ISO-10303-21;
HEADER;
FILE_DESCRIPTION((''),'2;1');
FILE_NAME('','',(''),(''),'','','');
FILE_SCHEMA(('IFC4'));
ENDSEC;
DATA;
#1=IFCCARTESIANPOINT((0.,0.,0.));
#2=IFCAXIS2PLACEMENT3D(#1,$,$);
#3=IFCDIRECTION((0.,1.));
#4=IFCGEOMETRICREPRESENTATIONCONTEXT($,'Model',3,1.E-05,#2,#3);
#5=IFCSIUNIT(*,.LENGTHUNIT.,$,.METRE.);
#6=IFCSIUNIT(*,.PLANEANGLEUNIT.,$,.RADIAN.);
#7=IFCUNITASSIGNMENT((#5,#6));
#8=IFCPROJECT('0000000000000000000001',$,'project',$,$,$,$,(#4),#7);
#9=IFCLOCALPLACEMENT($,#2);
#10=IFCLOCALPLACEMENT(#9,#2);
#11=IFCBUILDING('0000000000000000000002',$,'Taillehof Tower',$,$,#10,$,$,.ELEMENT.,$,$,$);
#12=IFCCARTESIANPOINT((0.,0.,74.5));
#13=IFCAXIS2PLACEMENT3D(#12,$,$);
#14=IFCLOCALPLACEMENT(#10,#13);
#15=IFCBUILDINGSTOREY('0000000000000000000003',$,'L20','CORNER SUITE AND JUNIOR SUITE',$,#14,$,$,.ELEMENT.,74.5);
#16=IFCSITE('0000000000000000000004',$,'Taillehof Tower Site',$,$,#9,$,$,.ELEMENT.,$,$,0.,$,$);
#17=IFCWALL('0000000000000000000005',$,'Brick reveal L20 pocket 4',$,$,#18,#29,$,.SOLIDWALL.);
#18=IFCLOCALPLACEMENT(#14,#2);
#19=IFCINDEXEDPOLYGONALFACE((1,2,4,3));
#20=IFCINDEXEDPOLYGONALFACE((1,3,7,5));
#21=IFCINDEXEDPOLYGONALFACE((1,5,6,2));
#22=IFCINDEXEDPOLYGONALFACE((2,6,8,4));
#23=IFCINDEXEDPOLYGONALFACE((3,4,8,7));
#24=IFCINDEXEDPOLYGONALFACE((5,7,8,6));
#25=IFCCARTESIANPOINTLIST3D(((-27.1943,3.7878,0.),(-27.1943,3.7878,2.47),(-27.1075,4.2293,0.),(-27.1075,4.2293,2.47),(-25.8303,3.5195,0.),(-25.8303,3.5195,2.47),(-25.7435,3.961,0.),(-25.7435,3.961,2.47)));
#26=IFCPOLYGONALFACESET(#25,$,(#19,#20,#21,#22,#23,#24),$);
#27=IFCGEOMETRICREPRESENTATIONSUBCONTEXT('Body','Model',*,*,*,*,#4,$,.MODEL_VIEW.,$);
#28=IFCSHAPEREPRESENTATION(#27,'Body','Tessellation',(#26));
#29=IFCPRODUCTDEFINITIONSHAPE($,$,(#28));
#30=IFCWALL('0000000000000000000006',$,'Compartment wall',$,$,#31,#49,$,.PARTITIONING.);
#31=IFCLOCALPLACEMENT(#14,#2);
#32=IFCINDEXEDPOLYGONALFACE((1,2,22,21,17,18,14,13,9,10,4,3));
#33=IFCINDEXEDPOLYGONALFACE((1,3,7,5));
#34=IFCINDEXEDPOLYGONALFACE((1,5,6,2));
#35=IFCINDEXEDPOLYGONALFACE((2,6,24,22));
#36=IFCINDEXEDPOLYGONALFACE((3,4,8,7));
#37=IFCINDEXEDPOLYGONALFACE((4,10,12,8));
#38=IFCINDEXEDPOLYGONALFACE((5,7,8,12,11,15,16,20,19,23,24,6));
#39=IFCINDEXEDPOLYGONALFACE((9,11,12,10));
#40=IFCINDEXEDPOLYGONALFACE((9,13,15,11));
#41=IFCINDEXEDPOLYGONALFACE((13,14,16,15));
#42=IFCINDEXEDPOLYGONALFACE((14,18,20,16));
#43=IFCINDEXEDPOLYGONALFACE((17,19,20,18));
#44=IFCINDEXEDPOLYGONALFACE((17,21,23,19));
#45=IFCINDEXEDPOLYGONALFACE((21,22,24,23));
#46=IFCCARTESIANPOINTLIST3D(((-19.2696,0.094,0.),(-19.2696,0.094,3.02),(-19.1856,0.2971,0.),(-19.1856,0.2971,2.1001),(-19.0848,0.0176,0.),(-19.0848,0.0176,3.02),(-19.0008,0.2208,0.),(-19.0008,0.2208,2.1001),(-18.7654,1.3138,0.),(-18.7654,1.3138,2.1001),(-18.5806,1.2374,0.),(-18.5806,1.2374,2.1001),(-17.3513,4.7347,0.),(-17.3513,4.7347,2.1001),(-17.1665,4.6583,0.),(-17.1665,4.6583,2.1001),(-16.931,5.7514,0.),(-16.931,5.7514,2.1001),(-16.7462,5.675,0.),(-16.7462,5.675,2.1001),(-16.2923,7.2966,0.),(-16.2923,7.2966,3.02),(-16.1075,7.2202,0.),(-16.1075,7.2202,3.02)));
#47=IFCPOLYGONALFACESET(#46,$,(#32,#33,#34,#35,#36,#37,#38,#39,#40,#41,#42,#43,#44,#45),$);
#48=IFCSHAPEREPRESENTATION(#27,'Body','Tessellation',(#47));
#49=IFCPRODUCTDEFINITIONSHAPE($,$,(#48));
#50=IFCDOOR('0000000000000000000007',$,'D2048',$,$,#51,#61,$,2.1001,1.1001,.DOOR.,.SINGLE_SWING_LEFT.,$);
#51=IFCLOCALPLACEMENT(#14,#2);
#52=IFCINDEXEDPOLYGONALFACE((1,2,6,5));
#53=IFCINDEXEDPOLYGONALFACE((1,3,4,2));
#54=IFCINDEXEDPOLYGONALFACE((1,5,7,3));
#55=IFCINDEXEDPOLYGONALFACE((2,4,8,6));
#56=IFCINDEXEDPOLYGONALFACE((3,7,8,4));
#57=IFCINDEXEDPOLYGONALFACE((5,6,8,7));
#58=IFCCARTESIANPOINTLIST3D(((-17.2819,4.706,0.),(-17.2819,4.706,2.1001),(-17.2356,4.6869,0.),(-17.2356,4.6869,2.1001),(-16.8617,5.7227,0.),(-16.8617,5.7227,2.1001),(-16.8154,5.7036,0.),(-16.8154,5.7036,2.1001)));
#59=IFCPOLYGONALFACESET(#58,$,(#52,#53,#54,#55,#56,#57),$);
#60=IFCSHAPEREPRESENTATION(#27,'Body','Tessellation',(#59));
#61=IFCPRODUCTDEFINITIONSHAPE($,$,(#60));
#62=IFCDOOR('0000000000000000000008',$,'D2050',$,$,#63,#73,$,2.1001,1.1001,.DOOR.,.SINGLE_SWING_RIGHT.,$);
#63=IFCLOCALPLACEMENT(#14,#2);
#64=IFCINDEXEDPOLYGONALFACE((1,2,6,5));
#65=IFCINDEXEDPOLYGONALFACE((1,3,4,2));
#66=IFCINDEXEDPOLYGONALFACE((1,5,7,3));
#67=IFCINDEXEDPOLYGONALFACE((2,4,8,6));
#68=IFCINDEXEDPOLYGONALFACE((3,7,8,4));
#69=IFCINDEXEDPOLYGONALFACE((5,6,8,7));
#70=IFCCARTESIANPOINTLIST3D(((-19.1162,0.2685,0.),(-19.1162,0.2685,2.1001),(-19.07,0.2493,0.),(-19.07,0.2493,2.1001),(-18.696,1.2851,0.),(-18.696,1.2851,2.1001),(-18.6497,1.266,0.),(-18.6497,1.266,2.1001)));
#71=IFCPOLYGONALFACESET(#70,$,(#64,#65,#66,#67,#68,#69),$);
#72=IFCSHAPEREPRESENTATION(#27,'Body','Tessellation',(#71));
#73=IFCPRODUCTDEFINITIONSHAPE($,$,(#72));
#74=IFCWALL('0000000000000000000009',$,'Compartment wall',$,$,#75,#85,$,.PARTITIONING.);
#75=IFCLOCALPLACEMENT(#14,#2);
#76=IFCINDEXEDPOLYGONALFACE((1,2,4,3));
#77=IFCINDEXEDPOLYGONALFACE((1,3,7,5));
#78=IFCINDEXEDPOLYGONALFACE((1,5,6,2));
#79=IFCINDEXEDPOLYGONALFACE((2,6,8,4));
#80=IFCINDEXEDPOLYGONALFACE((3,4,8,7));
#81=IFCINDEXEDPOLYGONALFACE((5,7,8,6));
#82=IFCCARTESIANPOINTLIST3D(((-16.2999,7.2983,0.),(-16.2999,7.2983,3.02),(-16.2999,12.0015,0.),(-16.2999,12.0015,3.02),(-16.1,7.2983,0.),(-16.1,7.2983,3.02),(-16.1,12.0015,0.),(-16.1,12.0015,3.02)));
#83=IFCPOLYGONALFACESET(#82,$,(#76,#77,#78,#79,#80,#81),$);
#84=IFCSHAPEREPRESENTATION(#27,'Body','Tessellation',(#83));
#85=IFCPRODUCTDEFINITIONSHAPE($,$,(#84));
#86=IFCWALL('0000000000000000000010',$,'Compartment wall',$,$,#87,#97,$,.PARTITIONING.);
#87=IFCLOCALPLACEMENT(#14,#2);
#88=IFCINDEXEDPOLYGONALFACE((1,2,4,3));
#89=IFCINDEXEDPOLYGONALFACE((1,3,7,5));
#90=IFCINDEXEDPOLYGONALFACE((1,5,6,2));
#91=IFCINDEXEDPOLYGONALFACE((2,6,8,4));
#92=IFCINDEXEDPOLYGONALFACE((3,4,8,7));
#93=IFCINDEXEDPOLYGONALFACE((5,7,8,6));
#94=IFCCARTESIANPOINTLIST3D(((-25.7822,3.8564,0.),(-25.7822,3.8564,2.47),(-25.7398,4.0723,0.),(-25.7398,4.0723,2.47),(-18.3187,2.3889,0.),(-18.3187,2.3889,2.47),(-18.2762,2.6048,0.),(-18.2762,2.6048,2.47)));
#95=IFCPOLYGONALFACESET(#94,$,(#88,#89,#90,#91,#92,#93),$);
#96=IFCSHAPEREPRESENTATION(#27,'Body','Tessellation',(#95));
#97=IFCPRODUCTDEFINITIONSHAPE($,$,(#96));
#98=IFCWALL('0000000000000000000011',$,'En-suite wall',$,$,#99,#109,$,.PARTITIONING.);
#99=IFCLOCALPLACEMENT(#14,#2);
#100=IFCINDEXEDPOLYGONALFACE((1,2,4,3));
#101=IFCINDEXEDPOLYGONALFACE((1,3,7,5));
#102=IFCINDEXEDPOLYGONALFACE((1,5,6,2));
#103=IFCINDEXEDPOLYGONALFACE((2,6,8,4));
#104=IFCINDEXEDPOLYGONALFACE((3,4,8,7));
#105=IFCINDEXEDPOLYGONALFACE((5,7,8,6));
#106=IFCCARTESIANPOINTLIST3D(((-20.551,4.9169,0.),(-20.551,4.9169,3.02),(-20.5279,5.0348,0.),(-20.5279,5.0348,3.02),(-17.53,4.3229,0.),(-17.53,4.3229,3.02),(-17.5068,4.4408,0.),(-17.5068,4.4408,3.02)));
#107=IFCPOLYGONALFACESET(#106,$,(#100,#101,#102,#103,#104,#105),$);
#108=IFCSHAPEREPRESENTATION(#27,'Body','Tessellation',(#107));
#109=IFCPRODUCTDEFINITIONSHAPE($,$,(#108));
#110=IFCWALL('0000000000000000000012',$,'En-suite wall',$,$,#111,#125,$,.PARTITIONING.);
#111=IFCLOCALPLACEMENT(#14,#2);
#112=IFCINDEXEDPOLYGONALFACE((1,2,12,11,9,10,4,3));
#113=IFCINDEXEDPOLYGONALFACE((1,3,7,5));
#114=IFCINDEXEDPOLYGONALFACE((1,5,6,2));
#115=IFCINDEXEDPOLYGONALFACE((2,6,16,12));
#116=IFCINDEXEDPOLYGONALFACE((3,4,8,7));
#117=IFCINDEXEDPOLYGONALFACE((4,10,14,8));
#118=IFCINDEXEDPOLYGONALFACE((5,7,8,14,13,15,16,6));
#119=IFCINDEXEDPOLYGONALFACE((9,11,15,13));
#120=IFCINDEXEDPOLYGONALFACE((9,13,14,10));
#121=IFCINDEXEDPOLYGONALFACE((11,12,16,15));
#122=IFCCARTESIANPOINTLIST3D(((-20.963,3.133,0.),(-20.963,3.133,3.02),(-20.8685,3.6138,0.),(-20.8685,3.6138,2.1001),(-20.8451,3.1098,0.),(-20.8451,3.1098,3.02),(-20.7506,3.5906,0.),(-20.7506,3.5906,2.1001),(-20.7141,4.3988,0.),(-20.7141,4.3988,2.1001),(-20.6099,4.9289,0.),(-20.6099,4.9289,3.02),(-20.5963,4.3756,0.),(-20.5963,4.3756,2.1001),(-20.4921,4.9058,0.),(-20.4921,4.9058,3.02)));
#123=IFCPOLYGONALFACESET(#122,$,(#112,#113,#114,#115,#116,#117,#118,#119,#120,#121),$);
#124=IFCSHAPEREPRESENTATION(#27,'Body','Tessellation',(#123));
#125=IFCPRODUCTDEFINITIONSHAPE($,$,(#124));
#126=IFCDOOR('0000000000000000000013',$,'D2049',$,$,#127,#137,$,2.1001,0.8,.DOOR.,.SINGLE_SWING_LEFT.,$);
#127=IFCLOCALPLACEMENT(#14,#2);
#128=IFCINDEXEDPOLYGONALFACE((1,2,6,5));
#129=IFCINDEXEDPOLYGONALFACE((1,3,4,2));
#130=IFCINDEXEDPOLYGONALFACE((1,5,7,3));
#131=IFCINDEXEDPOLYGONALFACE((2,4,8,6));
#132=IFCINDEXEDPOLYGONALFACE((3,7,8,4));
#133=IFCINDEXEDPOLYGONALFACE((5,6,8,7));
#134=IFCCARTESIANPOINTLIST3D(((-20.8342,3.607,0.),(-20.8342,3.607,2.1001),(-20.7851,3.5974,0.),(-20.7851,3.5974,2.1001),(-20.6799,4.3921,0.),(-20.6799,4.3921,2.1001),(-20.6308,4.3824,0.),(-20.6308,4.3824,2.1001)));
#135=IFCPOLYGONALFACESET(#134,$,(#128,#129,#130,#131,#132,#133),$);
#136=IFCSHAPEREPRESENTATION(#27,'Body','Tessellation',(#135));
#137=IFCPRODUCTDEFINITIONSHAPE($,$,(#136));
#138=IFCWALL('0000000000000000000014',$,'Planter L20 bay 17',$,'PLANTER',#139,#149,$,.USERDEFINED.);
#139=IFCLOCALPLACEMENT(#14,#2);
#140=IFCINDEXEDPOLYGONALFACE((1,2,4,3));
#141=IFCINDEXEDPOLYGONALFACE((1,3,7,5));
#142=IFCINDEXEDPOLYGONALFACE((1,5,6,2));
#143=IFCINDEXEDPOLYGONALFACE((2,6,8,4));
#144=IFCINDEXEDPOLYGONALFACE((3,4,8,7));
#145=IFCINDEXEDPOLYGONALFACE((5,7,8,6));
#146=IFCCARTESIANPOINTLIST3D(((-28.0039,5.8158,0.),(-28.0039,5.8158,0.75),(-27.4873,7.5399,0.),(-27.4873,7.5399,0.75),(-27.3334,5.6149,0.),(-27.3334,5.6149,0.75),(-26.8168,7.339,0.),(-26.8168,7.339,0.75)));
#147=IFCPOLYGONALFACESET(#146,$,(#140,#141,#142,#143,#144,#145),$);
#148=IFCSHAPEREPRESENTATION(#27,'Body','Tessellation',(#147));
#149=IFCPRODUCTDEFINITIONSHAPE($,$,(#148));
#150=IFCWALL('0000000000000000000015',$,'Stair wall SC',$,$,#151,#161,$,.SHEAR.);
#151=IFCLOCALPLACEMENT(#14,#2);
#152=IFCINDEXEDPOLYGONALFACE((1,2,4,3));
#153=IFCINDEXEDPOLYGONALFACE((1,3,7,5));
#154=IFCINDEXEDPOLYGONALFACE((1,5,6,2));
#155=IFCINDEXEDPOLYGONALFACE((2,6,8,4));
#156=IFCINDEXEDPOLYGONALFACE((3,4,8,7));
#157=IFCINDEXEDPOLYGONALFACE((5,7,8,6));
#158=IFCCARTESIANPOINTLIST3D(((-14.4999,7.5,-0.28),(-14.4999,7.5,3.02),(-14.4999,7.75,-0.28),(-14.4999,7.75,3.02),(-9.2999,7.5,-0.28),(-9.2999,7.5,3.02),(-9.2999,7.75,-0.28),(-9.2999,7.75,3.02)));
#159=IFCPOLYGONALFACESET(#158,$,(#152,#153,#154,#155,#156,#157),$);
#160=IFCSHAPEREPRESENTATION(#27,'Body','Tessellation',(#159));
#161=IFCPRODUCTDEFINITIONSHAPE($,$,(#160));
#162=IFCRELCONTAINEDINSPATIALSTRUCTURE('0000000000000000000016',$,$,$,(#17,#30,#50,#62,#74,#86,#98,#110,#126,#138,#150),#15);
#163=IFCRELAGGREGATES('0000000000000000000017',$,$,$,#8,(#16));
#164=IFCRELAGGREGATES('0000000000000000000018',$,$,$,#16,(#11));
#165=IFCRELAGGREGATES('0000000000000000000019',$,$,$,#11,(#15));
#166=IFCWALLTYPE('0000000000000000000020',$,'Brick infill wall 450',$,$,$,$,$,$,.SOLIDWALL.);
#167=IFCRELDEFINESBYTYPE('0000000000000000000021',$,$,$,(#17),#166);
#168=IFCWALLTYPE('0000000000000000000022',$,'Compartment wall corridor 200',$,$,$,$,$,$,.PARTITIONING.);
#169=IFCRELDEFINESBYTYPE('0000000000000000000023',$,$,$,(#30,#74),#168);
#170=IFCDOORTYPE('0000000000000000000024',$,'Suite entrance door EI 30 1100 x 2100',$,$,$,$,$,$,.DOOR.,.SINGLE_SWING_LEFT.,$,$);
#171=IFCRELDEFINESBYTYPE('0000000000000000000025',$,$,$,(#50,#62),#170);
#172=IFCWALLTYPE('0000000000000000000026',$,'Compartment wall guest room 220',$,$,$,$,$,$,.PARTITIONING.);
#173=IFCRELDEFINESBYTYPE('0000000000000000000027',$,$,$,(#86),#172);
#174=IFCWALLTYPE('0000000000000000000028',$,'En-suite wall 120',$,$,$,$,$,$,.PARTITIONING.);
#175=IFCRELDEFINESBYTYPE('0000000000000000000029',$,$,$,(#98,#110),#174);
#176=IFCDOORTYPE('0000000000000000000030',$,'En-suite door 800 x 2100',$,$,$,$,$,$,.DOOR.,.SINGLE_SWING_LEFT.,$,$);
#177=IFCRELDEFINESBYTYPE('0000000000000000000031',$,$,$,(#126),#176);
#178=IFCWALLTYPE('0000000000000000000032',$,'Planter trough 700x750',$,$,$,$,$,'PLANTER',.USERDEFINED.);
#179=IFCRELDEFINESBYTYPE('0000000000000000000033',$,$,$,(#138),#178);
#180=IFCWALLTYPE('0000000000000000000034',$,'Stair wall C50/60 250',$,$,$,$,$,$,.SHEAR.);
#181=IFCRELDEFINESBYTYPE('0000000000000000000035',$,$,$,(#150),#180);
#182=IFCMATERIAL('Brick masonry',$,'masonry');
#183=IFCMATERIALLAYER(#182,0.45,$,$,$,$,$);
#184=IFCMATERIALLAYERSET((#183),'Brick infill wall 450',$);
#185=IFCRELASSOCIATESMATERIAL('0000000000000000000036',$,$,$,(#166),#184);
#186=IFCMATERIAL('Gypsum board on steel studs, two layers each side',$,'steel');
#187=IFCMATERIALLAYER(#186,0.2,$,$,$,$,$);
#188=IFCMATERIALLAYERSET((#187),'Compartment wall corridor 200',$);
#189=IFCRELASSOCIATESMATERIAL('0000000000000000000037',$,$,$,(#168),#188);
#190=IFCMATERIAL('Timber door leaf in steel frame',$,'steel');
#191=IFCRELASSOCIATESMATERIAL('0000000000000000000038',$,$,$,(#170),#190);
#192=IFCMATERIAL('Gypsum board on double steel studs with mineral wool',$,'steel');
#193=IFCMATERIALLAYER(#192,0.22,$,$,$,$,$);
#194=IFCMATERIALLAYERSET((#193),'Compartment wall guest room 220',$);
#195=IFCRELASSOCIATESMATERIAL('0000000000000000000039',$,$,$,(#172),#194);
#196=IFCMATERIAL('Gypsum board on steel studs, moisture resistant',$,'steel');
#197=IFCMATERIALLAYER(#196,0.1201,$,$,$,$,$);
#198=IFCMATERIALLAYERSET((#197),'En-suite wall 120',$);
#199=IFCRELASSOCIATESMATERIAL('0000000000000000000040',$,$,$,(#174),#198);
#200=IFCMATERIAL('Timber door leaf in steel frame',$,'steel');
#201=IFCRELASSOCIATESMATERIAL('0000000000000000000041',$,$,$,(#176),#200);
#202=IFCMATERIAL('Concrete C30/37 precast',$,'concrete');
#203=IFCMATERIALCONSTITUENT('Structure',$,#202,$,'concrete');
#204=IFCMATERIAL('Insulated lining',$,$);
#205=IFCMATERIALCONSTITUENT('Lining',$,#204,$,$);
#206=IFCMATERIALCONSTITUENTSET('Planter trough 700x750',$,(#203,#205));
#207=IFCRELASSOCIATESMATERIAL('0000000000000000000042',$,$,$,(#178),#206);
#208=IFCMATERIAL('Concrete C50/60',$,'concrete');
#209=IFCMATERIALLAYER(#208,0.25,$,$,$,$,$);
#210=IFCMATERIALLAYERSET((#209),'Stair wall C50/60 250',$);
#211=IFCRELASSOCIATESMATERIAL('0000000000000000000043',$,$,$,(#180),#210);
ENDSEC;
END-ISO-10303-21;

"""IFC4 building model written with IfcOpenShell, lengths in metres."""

from ifc_helpers import new_model, si_unit, direction, frame, frame_2d, origin, place, context, subcontext, project, spatial, rectangle, extrude, material, layer, layer_set, constituent, constituent_set, type_object, element, fill, save


model = new_model("IFC4")

# Units and contexts
model_context = context("Model", 3, precision=1e-05, world=origin(), true_north=direction((0.0, 1.0)))
body_context = subcontext(model_context, "Body", "Model", "MODEL_VIEW")
ifc_project = project(units=[si_unit("LENGTHUNIT", "METRE"), si_unit("PLANEANGLEUNIT", "RADIAN")], contexts=[model_context])

# Site, building, storey
site_placement = place(None, origin())
site = spatial("IfcSite", under=ifc_project, at=site_placement, Name="Taillehof Tower Site", CompositionType="ELEMENT", RefElevation=0.0)
building_placement = place(site_placement, origin())
building = spatial("IfcBuilding", under=site, at=building_placement, Name="Taillehof Tower", CompositionType="ELEMENT")
storey_placement = place(building_placement, frame((0.0, 0.0, 74.5)))
storey = spatial("IfcBuildingStorey", under=building, at=storey_placement, Name="L20", Description="CORNER SUITE AND JUNIOR SUITE", CompositionType="ELEMENT", Elevation=74.5)

# Shared definitions
ifc_material_1 = material(Name="Brick masonry", Category="masonry")
ifc_layer_1 = layer(ifc_material_1, 0.45)
ifc_layer_set_1 = layer_set([ifc_layer_1], Name="Brick infill wall 450")
wall_type_1 = type_object("IfcWallType", Name="Brick infill wall 450", PredefinedType="SOLIDWALL", material=ifc_layer_set_1)

# Wall
wall_1_placement = place(storey_placement, frame((-27.1509, 4.0085, 0.0), z_axis=(0.0, 0.0, 1.0), x_axis=(0.981197, -0.193008, 0.0)))
element("IfcWall", 1, at=wall_1_placement, inside=storey, type_object=wall_type_1, Name="Brick reveal L20 pocket 4", PredefinedType="SOLIDWALL", context=body_context, shape_type="SweptSolid", body=[
    extrude(rectangle(XDim=1.3901, YDim=0.45, at=frame_2d((0.6951, 0.0))), origin(), (0.0, 0.0, 1.0), 2.47),
])

# Wall, openings, doors
ifc_material_2 = material(Name="Gypsum board on steel studs, two layers each side", Category="steel")
ifc_layer_2 = layer(ifc_material_2, 0.2)
ifc_layer_set_2 = layer_set([ifc_layer_2], Name="Compartment wall corridor 200")
wall_type_2 = type_object("IfcWallType", Name="Compartment wall corridor 200", PredefinedType="PARTITIONING", material=ifc_layer_set_2)
wall_2_placement = place(storey_placement, frame((-19.1772, 0.0557, 0.0), z_axis=(0.0, 0.0, 1.0), x_axis=(0.382011, 0.924158, 0.0)))
wall_2 = element("IfcWall", 2, at=wall_2_placement, inside=storey, type_object=wall_type_2, Name="Compartment wall", PredefinedType="PARTITIONING", context=body_context, shape_type="SweptSolid", body=[
    extrude(rectangle(XDim=7.7937, YDim=0.2, at=frame_2d((3.897, 0.0))), origin(), (0.0, 0.0, 1.0), 3.02),
])
opening_1_placement = place(wall_2_placement, frame((5.0217, 0.0, 0.0)))
opening_1 = element("IfcOpeningElement", 3, at=opening_1_placement, cuts=wall_2, PredefinedType="OPENING", context=body_context, shape_type="SweptSolid", body=[
    extrude(rectangle(XDim=1.1001, YDim=2.1001, at=frame_2d((0.55, 1.05))), frame((0.0, 0.1099, 0.0), z_axis=(0.0, -1.0, 0.0), x_axis=(1.0, 0.0, 0.0)), (0.0, 0.0, 1.0), 0.22),
])
opening_2_placement = place(wall_2_placement, frame((0.22, 0.0, 0.0)))
opening_2 = element("IfcOpeningElement", 4, at=opening_2_placement, cuts=wall_2, PredefinedType="OPENING", context=body_context, shape_type="SweptSolid", body=[
    extrude(rectangle(XDim=1.1001, YDim=2.1001, at=frame_2d((0.55, 1.05))), frame((0.0, 0.1099, 0.0), z_axis=(0.0, -1.0, 0.0), x_axis=(1.0, 0.0, 0.0)), (0.0, 0.0, 1.0), 0.22),
])
ifc_material_3 = material(Name="Timber door leaf in steel frame", Category="steel")
door_type_1 = type_object("IfcDoorType", Name="Suite entrance door EI 30 1100 x 2100", OperationType="SINGLE_SWING_LEFT", PredefinedType="DOOR", material=ifc_material_3)
door_1_placement = place(opening_1_placement, origin())
door_1 = element("IfcDoor", 5, at=door_1_placement, inside=storey, type_object=door_type_1, Name="D2048", OperationType="SINGLE_SWING_LEFT", OverallHeight=2.1001, OverallWidth=1.1001, PredefinedType="DOOR", context=body_context, shape_type="SweptSolid", body=[
    extrude(rectangle(XDim=1.1001, YDim=2.1001, at=frame_2d((0.55, 1.05))), frame((0.0, 0.0249, 0.0), z_axis=(0.0, -1.0, 0.0), x_axis=(1.0, 0.0, 0.0)), (0.0, 0.0, 1.0), 0.05),
])
fill(opening_1, door_1)
door_2_placement = place(opening_2_placement, origin())
door_2 = element("IfcDoor", 6, at=door_2_placement, inside=storey, type_object=door_type_1, Name="D2050", OperationType="SINGLE_SWING_RIGHT", OverallHeight=2.1001, OverallWidth=1.1001, PredefinedType="DOOR", context=body_context, shape_type="SweptSolid", body=[
    extrude(rectangle(XDim=1.1001, YDim=2.1001, at=frame_2d((0.55, 1.05))), frame((0.0, 0.0249, 0.0), z_axis=(0.0, -1.0, 0.0), x_axis=(1.0, 0.0, 0.0)), (0.0, 0.0, 1.0), 0.05),
])
fill(opening_2, door_2)

# Walls
wall_3_placement = place(storey_placement, frame((-16.2, 7.2983, 0.0), z_axis=(0.0, 0.0, 1.0), x_axis=(0.0, 1.0, 0.0)))
element("IfcWall", 7, at=wall_3_placement, inside=storey, type_object=wall_type_2, Name="Compartment wall", PredefinedType="PARTITIONING", context=body_context, shape_type="SweptSolid", body=[
    extrude(rectangle(XDim=4.7031, YDim=0.2, at=frame_2d((2.3516, 0.0))), origin(), (0.0, 0.0, 1.0), 3.02),
])
ifc_material_4 = material(Name="Gypsum board on double steel studs with mineral wool", Category="steel")
ifc_layer_3 = layer(ifc_material_4, 0.22)
ifc_layer_set_3 = layer_set([ifc_layer_3], Name="Compartment wall guest room 220")
wall_type_3 = type_object("IfcWallType", Name="Compartment wall guest room 220", PredefinedType="PARTITIONING", material=ifc_layer_set_3)
wall_4_placement = place(storey_placement, frame((-25.761, 3.9644, 0.0), z_axis=(0.0, 0.0, 1.0), x_axis=(0.981212, -0.19293, 0.0)))
element("IfcWall", 8, at=wall_4_placement, inside=storey, type_object=wall_type_3, Name="Compartment wall", PredefinedType="PARTITIONING", context=body_context, shape_type="SweptSolid", body=[
    extrude(rectangle(XDim=7.6064, YDim=0.22, at=frame_2d((3.8032, 0.0))), origin(), (0.0, 0.0, 1.0), 2.47),
])
ifc_material_5 = material(Name="Gypsum board on steel studs, moisture resistant", Category="steel")
ifc_layer_4 = layer(ifc_material_5, 0.1201)
ifc_layer_set_4 = layer_set([ifc_layer_4], Name="En-suite wall 120")
wall_type_4 = type_object("IfcWallType", Name="En-suite wall 120", PredefinedType="PARTITIONING", material=ifc_layer_set_4)
wall_5_placement = place(storey_placement, frame((-17.5183, 4.3818, 0.0), z_axis=(0.0, 0.0, 1.0), x_axis=(-0.981213, 0.192928, 0.0)))
element("IfcWall", 9, at=wall_5_placement, inside=storey, type_object=wall_type_4, Name="En-suite wall", PredefinedType="PARTITIONING", context=body_context, shape_type="SweptSolid", body=[
    extrude(rectangle(XDim=3.0789, YDim=0.1201, at=frame_2d((1.5396, 0.0))), origin(), (0.0, 0.0, 1.0), 3.02),
])

# Wall, opening, door
wall_6_placement = place(storey_placement, frame((-20.551, 4.9172, 0.0), z_axis=(0.0, 0.0, 1.0), x_axis=(-0.192883, -0.981222, 0.0)))
wall_6 = element("IfcWall", 10, at=wall_6_placement, inside=storey, type_object=wall_type_4, Name="En-suite wall", PredefinedType="PARTITIONING", context=body_context, shape_type="SweptSolid", body=[
    extrude(rectangle(XDim=1.8303, YDim=0.1201, at=frame_2d((0.915, 0.0))), origin(), (0.0, 0.0, 1.0), 3.02),
])
opening_3_placement = place(wall_6_placement, frame((0.5403, 0.0, 0.0)))
opening_3 = element("IfcOpeningElement", 11, at=opening_3_placement, cuts=wall_6, PredefinedType="OPENING", context=body_context, shape_type="SweptSolid", body=[
    extrude(rectangle(XDim=0.8, YDim=2.1001, at=frame_2d((0.3999, 1.05))), frame((0.0, 0.0701, 0.0), z_axis=(0.0, -1.0, 0.0), x_axis=(1.0, 0.0, 0.0)), (0.0, 0.0, 1.0), 0.1401),
])
ifc_material_6 = material(Name="Timber door leaf in steel frame", Category="steel")
door_type_2 = type_object("IfcDoorType", Name="En-suite door 800 x 2100", OperationType="SINGLE_SWING_LEFT", PredefinedType="DOOR", material=ifc_material_6)
door_3_placement = place(opening_3_placement, origin())
door_3 = element("IfcDoor", 12, at=door_3_placement, inside=storey, type_object=door_type_2, Name="D2049", OperationType="SINGLE_SWING_LEFT", OverallHeight=2.1001, OverallWidth=0.8, PredefinedType="DOOR", context=body_context, shape_type="SweptSolid", body=[
    extrude(rectangle(XDim=0.8, YDim=2.1001, at=frame_2d((0.3999, 1.05))), frame((0.0, 0.0249, 0.0), z_axis=(0.0, -1.0, 0.0), x_axis=(1.0, 0.0, 0.0)), (0.0, 0.0, 1.0), 0.05),
])
fill(opening_3, door_3)

# Walls
ifc_material_7 = material(Name="Concrete C30/37 precast", Category="concrete")
ifc_constituent_1 = constituent(ifc_material_7, Name="Structure", Category="concrete")
ifc_material_8 = material(Name="Insulated lining")
ifc_constituent_2 = constituent(ifc_material_8, Name="Lining")
ifc_constituent_set = constituent_set(constituents=[ifc_constituent_1, ifc_constituent_2], Name="Planter trough 700x750")
wall_type_5 = type_object("IfcWallType", Name="Planter trough 700x750", ElementType="PLANTER", PredefinedType="USERDEFINED", material=ifc_constituent_set)
wall_7_placement = place(storey_placement, frame((-27.1521, 7.4395, 0.0), z_axis=(0.0, 0.0, 1.0), x_axis=(-0.287024, -0.957923, 0.0)))
element("IfcWall", 13, at=wall_7_placement, inside=storey, type_object=wall_type_5, Name="Planter L20 bay 17", ObjectType="PLANTER", PredefinedType="USERDEFINED", context=body_context, shape_type="SweptSolid", body=[
    extrude(rectangle(XDim=1.7998, YDim=0.7, at=frame_2d((0.8999, 0.0))), origin(), (0.0, 0.0, 1.0), 0.75),
])
ifc_material_9 = material(Name="Concrete C50/60", Category="concrete")
ifc_layer_5 = layer(ifc_material_9, 0.25)
ifc_layer_set_5 = layer_set([ifc_layer_5], Name="Stair wall C50/60 250")
wall_type_6 = type_object("IfcWallType", Name="Stair wall C50/60 250", PredefinedType="SHEAR", material=ifc_layer_set_5)
wall_8_placement = place(storey_placement, frame((-14.5, 7.625, -0.28), z_axis=(0.0, 0.0, 1.0), x_axis=(1.0, 0.0, 0.0)))
element("IfcWall", 14, at=wall_8_placement, inside=storey, type_object=wall_type_6, Name="Stair wall SC", PredefinedType="SHEAR", context=body_context, shape_type="SweptSolid", body=[
    extrude(rectangle(XDim=5.2, YDim=0.25, at=frame_2d((2.6001, 0.0))), origin(), (0.0, 0.0, 1.0), 3.3),
])

save(model, "model.ifc")
